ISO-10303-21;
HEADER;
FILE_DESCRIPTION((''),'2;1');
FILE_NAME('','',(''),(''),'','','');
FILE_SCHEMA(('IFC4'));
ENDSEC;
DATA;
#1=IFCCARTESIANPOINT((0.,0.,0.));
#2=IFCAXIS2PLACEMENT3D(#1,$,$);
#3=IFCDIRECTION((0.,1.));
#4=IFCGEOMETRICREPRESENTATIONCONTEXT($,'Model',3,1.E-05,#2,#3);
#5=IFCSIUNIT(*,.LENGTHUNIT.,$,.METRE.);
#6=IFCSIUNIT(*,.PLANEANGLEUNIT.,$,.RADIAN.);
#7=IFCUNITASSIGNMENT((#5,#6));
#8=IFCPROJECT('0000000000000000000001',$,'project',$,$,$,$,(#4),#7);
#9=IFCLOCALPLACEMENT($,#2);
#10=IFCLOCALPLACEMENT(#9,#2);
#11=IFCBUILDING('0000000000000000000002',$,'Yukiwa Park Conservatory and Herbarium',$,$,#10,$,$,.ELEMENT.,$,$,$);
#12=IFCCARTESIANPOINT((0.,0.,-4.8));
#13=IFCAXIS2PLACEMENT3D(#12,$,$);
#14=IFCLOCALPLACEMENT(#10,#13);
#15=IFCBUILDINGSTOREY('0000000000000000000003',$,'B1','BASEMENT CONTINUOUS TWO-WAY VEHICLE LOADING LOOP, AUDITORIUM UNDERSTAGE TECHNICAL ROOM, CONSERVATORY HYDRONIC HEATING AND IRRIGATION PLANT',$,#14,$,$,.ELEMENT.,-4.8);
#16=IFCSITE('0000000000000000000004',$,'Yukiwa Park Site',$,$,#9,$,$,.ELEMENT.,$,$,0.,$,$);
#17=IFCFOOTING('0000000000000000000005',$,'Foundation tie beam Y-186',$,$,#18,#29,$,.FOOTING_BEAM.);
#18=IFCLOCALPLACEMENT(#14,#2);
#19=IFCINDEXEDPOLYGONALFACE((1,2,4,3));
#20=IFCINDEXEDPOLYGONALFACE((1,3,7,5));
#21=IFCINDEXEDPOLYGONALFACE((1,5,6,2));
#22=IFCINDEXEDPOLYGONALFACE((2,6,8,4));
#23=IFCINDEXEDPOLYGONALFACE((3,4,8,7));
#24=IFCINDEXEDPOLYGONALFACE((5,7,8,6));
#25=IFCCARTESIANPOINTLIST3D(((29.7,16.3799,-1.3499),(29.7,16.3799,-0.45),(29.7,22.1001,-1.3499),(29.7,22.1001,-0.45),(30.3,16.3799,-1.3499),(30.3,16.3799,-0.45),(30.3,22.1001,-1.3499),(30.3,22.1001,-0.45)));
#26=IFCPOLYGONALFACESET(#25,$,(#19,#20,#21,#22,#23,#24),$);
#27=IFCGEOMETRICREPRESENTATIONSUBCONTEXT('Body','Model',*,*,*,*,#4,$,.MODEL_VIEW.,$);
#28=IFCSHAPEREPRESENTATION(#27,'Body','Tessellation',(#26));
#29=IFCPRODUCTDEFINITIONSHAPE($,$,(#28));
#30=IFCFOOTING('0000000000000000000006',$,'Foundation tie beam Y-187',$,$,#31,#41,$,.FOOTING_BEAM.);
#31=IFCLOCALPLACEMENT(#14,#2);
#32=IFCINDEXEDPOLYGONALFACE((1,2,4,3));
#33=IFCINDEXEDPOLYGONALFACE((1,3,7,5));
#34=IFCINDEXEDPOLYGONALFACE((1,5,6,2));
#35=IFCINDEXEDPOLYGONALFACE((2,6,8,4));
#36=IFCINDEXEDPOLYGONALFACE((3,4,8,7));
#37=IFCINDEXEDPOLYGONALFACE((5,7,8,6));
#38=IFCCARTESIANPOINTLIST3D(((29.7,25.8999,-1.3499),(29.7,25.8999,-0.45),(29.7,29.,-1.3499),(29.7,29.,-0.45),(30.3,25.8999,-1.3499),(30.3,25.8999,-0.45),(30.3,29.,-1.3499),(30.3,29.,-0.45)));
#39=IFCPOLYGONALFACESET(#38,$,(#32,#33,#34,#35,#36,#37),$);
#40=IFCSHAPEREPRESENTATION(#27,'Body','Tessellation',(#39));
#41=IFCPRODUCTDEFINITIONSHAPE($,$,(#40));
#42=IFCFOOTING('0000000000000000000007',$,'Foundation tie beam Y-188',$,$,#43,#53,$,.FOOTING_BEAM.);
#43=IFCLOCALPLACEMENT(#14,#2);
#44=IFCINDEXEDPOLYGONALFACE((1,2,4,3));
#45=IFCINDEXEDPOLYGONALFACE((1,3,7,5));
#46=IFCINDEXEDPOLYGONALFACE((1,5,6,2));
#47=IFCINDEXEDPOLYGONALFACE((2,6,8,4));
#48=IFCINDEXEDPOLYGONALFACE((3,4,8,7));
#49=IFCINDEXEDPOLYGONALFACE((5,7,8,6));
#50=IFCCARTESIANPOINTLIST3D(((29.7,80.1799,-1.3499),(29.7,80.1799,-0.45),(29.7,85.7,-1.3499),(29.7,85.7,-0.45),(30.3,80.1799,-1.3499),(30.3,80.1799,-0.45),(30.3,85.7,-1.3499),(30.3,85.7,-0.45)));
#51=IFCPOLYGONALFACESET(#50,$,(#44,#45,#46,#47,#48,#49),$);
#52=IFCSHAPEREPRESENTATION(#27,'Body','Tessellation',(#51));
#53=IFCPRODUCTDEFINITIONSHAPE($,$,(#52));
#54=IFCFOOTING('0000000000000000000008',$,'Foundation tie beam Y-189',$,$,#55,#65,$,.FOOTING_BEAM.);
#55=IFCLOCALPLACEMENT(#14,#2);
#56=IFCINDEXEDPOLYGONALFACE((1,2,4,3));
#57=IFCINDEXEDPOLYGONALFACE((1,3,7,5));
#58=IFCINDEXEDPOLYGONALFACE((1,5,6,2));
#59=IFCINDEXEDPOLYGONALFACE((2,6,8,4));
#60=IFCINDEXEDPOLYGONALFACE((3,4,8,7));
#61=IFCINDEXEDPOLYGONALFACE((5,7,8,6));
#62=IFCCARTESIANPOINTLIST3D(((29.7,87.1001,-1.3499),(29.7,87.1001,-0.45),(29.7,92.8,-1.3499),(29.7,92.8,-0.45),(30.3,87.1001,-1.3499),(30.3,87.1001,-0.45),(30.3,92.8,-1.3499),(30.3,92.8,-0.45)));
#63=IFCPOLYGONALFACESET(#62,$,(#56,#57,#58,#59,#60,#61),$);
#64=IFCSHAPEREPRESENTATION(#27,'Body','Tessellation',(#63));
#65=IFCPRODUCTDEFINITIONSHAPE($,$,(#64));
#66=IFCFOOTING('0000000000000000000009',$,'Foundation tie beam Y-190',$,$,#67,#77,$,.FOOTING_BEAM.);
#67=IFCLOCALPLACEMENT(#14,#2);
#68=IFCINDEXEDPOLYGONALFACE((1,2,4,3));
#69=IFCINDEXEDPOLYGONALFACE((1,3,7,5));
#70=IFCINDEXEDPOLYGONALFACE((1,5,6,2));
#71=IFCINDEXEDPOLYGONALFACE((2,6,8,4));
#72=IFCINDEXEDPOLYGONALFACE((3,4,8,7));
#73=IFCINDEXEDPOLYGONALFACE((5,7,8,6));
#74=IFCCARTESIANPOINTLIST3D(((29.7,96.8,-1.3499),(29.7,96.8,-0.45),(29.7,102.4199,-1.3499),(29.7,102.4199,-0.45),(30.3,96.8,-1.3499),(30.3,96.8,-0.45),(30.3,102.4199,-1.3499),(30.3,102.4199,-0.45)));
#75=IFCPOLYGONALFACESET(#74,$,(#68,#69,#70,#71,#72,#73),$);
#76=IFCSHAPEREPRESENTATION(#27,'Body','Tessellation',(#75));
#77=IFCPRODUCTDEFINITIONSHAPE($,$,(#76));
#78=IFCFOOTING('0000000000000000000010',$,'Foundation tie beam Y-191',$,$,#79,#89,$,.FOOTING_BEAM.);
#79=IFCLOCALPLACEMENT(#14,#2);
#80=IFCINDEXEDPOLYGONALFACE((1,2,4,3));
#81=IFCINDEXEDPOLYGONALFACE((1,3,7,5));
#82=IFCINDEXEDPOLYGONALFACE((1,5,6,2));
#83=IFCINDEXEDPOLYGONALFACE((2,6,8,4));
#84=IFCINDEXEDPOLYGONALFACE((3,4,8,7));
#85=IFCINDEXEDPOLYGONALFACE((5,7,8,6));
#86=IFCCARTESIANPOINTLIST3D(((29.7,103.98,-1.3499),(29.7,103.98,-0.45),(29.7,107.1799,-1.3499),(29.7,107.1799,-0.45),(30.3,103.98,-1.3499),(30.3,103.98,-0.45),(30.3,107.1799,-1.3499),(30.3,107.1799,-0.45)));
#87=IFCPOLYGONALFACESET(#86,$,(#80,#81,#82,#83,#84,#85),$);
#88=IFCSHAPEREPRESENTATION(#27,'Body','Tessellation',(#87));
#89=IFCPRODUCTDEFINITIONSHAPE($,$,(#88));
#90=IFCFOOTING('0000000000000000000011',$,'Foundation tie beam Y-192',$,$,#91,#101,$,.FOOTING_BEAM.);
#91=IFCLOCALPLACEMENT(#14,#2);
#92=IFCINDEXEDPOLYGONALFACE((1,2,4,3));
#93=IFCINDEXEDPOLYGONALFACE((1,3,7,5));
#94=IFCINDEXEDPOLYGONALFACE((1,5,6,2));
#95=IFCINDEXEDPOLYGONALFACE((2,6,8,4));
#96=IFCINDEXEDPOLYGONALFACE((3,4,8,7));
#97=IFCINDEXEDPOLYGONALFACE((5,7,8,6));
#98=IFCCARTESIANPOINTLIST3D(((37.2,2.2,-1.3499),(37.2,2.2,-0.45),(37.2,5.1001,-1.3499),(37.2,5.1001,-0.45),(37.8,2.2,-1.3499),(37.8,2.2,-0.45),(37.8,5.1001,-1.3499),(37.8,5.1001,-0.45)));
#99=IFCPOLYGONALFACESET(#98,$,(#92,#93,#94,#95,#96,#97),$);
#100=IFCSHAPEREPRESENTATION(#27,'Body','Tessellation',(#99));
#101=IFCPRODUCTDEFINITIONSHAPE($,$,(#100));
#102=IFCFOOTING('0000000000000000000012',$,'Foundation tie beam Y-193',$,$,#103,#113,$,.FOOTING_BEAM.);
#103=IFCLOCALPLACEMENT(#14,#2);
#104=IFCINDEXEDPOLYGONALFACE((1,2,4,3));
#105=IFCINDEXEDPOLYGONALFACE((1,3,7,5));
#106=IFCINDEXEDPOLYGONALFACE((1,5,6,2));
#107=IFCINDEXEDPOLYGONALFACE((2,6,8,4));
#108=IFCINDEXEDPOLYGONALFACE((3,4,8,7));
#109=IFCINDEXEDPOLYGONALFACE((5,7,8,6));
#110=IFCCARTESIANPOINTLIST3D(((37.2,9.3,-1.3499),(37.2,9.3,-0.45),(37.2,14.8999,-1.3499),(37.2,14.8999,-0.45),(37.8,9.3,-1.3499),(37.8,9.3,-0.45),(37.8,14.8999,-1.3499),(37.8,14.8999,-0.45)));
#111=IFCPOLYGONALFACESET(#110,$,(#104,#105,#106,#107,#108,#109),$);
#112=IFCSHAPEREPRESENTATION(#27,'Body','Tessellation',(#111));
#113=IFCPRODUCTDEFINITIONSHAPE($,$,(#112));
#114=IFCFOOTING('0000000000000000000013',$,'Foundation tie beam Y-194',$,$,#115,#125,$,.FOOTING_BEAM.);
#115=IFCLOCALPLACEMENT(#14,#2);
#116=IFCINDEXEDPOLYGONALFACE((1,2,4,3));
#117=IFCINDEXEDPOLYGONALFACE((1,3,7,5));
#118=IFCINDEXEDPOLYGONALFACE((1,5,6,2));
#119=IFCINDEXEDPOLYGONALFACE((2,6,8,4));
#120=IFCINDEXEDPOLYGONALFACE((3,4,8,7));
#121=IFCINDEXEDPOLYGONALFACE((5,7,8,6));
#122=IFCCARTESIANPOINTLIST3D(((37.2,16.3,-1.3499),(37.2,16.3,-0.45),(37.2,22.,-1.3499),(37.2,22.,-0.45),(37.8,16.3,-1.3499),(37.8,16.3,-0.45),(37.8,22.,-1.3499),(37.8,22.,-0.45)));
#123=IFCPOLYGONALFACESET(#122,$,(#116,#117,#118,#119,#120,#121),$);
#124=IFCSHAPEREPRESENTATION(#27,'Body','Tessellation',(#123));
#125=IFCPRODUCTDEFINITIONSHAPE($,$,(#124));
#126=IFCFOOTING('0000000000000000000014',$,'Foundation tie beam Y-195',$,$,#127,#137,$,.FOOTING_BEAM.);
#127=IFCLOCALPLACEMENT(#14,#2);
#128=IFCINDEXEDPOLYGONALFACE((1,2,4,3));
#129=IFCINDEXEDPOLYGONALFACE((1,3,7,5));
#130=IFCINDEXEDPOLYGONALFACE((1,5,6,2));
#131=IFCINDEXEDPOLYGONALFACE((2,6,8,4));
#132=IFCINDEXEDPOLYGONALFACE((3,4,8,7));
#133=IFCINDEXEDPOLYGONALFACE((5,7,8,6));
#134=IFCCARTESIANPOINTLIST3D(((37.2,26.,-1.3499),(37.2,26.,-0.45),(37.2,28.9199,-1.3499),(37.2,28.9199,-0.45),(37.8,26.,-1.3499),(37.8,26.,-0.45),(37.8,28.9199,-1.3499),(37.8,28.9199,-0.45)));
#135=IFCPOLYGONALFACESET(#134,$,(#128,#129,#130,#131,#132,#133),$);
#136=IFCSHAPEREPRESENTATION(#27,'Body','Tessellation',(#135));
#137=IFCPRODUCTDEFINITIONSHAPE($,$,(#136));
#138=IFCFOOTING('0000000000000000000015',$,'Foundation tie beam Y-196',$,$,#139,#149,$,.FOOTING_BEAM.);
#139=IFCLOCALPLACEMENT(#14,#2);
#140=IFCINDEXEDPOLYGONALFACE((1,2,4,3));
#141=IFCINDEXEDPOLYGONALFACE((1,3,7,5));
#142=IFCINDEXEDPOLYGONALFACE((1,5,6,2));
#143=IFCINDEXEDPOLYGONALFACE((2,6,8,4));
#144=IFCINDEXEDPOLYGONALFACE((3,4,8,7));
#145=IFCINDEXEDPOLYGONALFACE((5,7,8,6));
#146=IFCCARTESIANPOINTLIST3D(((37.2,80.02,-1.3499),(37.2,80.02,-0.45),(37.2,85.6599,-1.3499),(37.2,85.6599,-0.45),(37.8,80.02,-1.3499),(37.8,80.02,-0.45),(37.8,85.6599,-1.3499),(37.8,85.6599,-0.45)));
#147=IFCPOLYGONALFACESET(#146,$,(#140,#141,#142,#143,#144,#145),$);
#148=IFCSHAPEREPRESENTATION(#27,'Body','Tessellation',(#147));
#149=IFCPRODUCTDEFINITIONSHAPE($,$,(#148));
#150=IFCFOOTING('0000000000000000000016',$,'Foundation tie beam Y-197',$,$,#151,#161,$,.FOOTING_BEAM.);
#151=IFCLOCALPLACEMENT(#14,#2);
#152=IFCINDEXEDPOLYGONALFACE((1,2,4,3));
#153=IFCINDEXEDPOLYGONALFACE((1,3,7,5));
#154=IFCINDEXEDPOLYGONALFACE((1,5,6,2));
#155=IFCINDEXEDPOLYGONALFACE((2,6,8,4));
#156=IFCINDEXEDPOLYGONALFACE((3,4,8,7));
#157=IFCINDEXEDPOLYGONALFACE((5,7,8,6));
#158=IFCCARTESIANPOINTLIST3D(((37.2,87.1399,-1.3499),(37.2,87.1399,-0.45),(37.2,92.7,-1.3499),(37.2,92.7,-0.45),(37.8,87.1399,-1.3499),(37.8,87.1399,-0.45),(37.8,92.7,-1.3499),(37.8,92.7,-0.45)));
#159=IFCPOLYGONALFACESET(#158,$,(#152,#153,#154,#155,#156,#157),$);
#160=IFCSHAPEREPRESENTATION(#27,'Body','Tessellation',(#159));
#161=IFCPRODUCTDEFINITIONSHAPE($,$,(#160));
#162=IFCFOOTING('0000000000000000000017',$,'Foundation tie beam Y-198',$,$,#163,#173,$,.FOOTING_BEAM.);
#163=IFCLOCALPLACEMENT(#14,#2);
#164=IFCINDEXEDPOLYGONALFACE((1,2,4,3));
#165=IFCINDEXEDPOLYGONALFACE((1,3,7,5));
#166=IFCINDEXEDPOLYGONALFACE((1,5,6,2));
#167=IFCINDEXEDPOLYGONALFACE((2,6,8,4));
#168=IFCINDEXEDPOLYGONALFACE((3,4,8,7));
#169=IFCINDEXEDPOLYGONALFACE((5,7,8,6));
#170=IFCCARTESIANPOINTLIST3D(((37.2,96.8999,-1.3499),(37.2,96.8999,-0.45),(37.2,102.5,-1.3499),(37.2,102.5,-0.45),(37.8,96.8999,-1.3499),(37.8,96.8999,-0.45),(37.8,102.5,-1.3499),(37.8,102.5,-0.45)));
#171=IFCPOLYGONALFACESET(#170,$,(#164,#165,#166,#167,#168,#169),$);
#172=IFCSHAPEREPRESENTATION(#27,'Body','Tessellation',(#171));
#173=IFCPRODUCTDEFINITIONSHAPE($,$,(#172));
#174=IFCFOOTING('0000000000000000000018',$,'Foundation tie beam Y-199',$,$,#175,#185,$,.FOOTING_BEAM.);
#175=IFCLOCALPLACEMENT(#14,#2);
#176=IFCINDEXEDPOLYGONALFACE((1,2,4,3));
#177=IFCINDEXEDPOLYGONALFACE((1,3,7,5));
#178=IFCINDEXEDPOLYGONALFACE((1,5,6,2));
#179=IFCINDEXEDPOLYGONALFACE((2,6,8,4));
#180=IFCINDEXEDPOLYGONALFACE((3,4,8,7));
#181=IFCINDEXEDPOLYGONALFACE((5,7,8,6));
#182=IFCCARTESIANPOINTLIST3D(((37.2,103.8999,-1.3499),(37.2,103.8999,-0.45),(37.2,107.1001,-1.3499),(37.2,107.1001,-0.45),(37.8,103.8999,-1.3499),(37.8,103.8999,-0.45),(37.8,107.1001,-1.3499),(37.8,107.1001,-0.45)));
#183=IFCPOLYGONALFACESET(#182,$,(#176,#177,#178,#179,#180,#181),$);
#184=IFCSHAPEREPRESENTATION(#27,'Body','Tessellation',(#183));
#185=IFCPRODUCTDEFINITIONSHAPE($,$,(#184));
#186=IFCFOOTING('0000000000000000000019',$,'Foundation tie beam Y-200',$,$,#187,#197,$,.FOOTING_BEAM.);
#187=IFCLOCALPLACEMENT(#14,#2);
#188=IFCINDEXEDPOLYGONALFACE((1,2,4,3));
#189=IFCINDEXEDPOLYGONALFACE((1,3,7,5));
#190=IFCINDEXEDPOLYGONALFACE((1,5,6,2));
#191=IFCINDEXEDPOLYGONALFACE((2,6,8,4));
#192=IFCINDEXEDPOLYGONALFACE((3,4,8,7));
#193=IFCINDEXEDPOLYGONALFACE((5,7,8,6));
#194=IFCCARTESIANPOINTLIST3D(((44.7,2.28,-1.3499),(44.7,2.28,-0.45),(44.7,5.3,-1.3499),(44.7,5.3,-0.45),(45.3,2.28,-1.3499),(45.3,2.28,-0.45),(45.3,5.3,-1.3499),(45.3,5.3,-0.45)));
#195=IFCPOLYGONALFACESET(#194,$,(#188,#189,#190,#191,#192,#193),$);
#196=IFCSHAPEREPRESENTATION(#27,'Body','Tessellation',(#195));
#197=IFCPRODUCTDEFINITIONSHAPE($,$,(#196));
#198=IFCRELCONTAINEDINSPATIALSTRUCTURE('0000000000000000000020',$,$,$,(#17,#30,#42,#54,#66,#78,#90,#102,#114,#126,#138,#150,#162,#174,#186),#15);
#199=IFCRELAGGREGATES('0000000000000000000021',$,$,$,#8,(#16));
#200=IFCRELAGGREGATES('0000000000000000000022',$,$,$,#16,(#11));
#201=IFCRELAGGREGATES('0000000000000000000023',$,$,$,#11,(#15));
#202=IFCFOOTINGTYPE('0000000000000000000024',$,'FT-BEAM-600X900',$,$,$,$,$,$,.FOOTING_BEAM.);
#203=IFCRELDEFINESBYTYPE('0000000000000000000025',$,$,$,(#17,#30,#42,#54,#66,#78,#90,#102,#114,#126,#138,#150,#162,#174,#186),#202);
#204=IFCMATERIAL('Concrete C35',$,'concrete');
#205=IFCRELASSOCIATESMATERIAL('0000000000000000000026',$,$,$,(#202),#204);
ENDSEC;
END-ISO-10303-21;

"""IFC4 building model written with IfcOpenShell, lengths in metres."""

from ifc_helpers import new_model, si_unit, direction, frame, origin, place, context, subcontext, project, spatial, polyline, outline, extrude, material, type_object, element, save


model = new_model("IFC4")

# Units and contexts
model_context = context("Model", 3, precision=1e-05, world=origin(), true_north=direction((0.0, 1.0)))
body_context = subcontext(model_context, "Body", "Model", "MODEL_VIEW")
ifc_project = project(units=[si_unit("LENGTHUNIT", "METRE"), si_unit("PLANEANGLEUNIT", "RADIAN")], contexts=[model_context])

# Site, building, storey
site_placement = place(None, origin())
site = spatial("IfcSite", under=ifc_project, at=site_placement, Name="Yukiwa Park Site", CompositionType="ELEMENT", RefElevation=0.0)
building_placement = place(site_placement, origin())
building = spatial("IfcBuilding", under=site, at=building_placement, Name="Yukiwa Park Conservatory and Herbarium", CompositionType="ELEMENT")
storey_placement = place(building_placement, frame((0.0, 0.0, -4.8)))
storey = spatial("IfcBuildingStorey", under=building, at=storey_placement, Name="B1", Description="BASEMENT CONTINUOUS TWO-WAY VEHICLE LOADING LOOP, AUDITORIUM UNDERSTAGE TECHNICAL ROOM, CONSERVATORY HYDRONIC HEATING AND IRRIGATION PLANT", CompositionType="ELEMENT", Elevation=-4.8)

# Footings
ifc_material = material(Name="Concrete C35", Category="concrete")
footing_type = type_object("IfcFootingType", Name="FT-BEAM-600X900", PredefinedType="FOOTING_BEAM", material=ifc_material)
footing_1_placement = place(storey_placement, frame((0.0, 0.0, -1.3499)))
element("IfcFooting", 1, at=footing_1_placement, inside=storey, type_object=footing_type, Name="Foundation tie beam Y-186", PredefinedType="FOOTING_BEAM", context=body_context, shape_type="SweptSolid", body=[
    extrude(outline(polyline([(29.7, 16.3799), (30.3, 16.3799), (30.3, 22.1001), (29.7, 22.1001), (29.7, 16.3799)])), origin(), (0.0, 0.0, 1.0), 0.8999),
])
footing_2_placement = place(storey_placement, frame((0.0, 0.0, -1.3499)))
element("IfcFooting", 2, at=footing_2_placement, inside=storey, type_object=footing_type, Name="Foundation tie beam Y-187", PredefinedType="FOOTING_BEAM", context=body_context, shape_type="SweptSolid", body=[
    extrude(outline(polyline([(29.7, 25.8999), (30.3, 25.8999), (30.3, 29.0), (29.7, 29.0), (29.7, 25.8999)])), origin(), (0.0, 0.0, 1.0), 0.8999),
])
footing_3_placement = place(storey_placement, frame((0.0, 0.0, -1.3499)))
element("IfcFooting", 3, at=footing_3_placement, inside=storey, type_object=footing_type, Name="Foundation tie beam Y-188", PredefinedType="FOOTING_BEAM", context=body_context, shape_type="SweptSolid", body=[
    extrude(outline(polyline([(29.7, 80.1799), (30.3, 80.1799), (30.3, 85.7), (29.7, 85.7), (29.7, 80.1799)])), origin(), (0.0, 0.0, 1.0), 0.8999),
])
footing_4_placement = place(storey_placement, frame((0.0, 0.0, -1.3499)))
element("IfcFooting", 4, at=footing_4_placement, inside=storey, type_object=footing_type, Name="Foundation tie beam Y-189", PredefinedType="FOOTING_BEAM", context=body_context, shape_type="SweptSolid", body=[
    extrude(outline(polyline([(29.7, 87.1001), (30.3, 87.1001), (30.3, 92.8), (29.7, 92.8), (29.7, 87.1001)])), origin(), (0.0, 0.0, 1.0), 0.8999),
])
footing_5_placement = place(storey_placement, frame((0.0, 0.0, -1.3499)))
element("IfcFooting", 5, at=footing_5_placement, inside=storey, type_object=footing_type, Name="Foundation tie beam Y-190", PredefinedType="FOOTING_BEAM", context=body_context, shape_type="SweptSolid", body=[
    extrude(outline(polyline([(29.7, 96.8), (30.3, 96.8), (30.3, 102.4199), (29.7, 102.4199), (29.7, 96.8)])), origin(), (0.0, 0.0, 1.0), 0.8999),
])
footing_6_placement = place(storey_placement, frame((0.0, 0.0, -1.3499)))
element("IfcFooting", 6, at=footing_6_placement, inside=storey, type_object=footing_type, Name="Foundation tie beam Y-191", PredefinedType="FOOTING_BEAM", context=body_context, shape_type="SweptSolid", body=[
    extrude(outline(polyline([(29.7, 103.98), (30.3, 103.98), (30.3, 107.1799), (29.7, 107.1799), (29.7, 103.98)])), origin(), (0.0, 0.0, 1.0), 0.8999),
])
footing_7_placement = place(storey_placement, frame((0.0, 0.0, -1.3499)))
element("IfcFooting", 7, at=footing_7_placement, inside=storey, type_object=footing_type, Name="Foundation tie beam Y-192", PredefinedType="FOOTING_BEAM", context=body_context, shape_type="SweptSolid", body=[
    extrude(outline(polyline([(37.2, 2.2), (37.8, 2.2), (37.8, 5.1001), (37.2, 5.1001), (37.2, 2.2)])), origin(), (0.0, 0.0, 1.0), 0.8999),
])
footing_8_placement = place(storey_placement, frame((0.0, 0.0, -1.3499)))
element("IfcFooting", 8, at=footing_8_placement, inside=storey, type_object=footing_type, Name="Foundation tie beam Y-193", PredefinedType="FOOTING_BEAM", context=body_context, shape_type="SweptSolid", body=[
    extrude(outline(polyline([(37.2, 9.3), (37.8, 9.3), (37.8, 14.8999), (37.2, 14.8999), (37.2, 9.3)])), origin(), (0.0, 0.0, 1.0), 0.8999),
])
footing_9_placement = place(storey_placement, frame((0.0, 0.0, -1.3499)))
element("IfcFooting", 9, at=footing_9_placement, inside=storey, type_object=footing_type, Name="Foundation tie beam Y-194", PredefinedType="FOOTING_BEAM", context=body_context, shape_type="SweptSolid", body=[
    extrude(outline(polyline([(37.2, 16.3), (37.8, 16.3), (37.8, 22.0), (37.2, 22.0), (37.2, 16.3)])), origin(), (0.0, 0.0, 1.0), 0.8999),
])
footing_10_placement = place(storey_placement, frame((0.0, 0.0, -1.3499)))
element("IfcFooting", 10, at=footing_10_placement, inside=storey, type_object=footing_type, Name="Foundation tie beam Y-195", PredefinedType="FOOTING_BEAM", context=body_context, shape_type="SweptSolid", body=[
    extrude(outline(polyline([(37.2, 26.0), (37.8, 26.0), (37.8, 28.9199), (37.2, 28.9199), (37.2, 26.0)])), origin(), (0.0, 0.0, 1.0), 0.8999),
])
footing_11_placement = place(storey_placement, frame((0.0, 0.0, -1.3499)))
element("IfcFooting", 11, at=footing_11_placement, inside=storey, type_object=footing_type, Name="Foundation tie beam Y-196", PredefinedType="FOOTING_BEAM", context=body_context, shape_type="SweptSolid", body=[
    extrude(outline(polyline([(37.2, 80.02), (37.8, 80.02), (37.8, 85.6599), (37.2, 85.6599), (37.2, 80.02)])), origin(), (0.0, 0.0, 1.0), 0.8999),
])
footing_12_placement = place(storey_placement, frame((0.0, 0.0, -1.3499)))
element("IfcFooting", 12, at=footing_12_placement, inside=storey, type_object=footing_type, Name="Foundation tie beam Y-197", PredefinedType="FOOTING_BEAM", context=body_context, shape_type="SweptSolid", body=[
    extrude(outline(polyline([(37.2, 87.1399), (37.8, 87.1399), (37.8, 92.7), (37.2, 92.7), (37.2, 87.1399)])), origin(), (0.0, 0.0, 1.0), 0.8999),
])
footing_13_placement = place(storey_placement, frame((0.0, 0.0, -1.3499)))
element("IfcFooting", 13, at=footing_13_placement, inside=storey, type_object=footing_type, Name="Foundation tie beam Y-198", PredefinedType="FOOTING_BEAM", context=body_context, shape_type="SweptSolid", body=[
    extrude(outline(polyline([(37.2, 96.8999), (37.8, 96.8999), (37.8, 102.5), (37.2, 102.5), (37.2, 96.8999)])), origin(), (0.0, 0.0, 1.0), 0.8999),
])
footing_14_placement = place(storey_placement, frame((0.0, 0.0, -1.3499)))
element("IfcFooting", 14, at=footing_14_placement, inside=storey, type_object=footing_type, Name="Foundation tie beam Y-199", PredefinedType="FOOTING_BEAM", context=body_context, shape_type="SweptSolid", body=[
    extrude(outline(polyline([(37.2, 103.8999), (37.8, 103.8999), (37.8, 107.1001), (37.2, 107.1001), (37.2, 103.8999)])), origin(), (0.0, 0.0, 1.0), 0.8999),
])
footing_15_placement = place(storey_placement, frame((0.0, 0.0, -1.3499)))
element("IfcFooting", 15, at=footing_15_placement, inside=storey, type_object=footing_type, Name="Foundation tie beam Y-200", PredefinedType="FOOTING_BEAM", context=body_context, shape_type="SweptSolid", body=[
    extrude(outline(polyline([(44.7, 2.28), (45.3, 2.28), (45.3, 5.3), (44.7, 5.3), (44.7, 2.28)])), origin(), (0.0, 0.0, 1.0), 0.8999),
])

save(model, "model.ifc")
